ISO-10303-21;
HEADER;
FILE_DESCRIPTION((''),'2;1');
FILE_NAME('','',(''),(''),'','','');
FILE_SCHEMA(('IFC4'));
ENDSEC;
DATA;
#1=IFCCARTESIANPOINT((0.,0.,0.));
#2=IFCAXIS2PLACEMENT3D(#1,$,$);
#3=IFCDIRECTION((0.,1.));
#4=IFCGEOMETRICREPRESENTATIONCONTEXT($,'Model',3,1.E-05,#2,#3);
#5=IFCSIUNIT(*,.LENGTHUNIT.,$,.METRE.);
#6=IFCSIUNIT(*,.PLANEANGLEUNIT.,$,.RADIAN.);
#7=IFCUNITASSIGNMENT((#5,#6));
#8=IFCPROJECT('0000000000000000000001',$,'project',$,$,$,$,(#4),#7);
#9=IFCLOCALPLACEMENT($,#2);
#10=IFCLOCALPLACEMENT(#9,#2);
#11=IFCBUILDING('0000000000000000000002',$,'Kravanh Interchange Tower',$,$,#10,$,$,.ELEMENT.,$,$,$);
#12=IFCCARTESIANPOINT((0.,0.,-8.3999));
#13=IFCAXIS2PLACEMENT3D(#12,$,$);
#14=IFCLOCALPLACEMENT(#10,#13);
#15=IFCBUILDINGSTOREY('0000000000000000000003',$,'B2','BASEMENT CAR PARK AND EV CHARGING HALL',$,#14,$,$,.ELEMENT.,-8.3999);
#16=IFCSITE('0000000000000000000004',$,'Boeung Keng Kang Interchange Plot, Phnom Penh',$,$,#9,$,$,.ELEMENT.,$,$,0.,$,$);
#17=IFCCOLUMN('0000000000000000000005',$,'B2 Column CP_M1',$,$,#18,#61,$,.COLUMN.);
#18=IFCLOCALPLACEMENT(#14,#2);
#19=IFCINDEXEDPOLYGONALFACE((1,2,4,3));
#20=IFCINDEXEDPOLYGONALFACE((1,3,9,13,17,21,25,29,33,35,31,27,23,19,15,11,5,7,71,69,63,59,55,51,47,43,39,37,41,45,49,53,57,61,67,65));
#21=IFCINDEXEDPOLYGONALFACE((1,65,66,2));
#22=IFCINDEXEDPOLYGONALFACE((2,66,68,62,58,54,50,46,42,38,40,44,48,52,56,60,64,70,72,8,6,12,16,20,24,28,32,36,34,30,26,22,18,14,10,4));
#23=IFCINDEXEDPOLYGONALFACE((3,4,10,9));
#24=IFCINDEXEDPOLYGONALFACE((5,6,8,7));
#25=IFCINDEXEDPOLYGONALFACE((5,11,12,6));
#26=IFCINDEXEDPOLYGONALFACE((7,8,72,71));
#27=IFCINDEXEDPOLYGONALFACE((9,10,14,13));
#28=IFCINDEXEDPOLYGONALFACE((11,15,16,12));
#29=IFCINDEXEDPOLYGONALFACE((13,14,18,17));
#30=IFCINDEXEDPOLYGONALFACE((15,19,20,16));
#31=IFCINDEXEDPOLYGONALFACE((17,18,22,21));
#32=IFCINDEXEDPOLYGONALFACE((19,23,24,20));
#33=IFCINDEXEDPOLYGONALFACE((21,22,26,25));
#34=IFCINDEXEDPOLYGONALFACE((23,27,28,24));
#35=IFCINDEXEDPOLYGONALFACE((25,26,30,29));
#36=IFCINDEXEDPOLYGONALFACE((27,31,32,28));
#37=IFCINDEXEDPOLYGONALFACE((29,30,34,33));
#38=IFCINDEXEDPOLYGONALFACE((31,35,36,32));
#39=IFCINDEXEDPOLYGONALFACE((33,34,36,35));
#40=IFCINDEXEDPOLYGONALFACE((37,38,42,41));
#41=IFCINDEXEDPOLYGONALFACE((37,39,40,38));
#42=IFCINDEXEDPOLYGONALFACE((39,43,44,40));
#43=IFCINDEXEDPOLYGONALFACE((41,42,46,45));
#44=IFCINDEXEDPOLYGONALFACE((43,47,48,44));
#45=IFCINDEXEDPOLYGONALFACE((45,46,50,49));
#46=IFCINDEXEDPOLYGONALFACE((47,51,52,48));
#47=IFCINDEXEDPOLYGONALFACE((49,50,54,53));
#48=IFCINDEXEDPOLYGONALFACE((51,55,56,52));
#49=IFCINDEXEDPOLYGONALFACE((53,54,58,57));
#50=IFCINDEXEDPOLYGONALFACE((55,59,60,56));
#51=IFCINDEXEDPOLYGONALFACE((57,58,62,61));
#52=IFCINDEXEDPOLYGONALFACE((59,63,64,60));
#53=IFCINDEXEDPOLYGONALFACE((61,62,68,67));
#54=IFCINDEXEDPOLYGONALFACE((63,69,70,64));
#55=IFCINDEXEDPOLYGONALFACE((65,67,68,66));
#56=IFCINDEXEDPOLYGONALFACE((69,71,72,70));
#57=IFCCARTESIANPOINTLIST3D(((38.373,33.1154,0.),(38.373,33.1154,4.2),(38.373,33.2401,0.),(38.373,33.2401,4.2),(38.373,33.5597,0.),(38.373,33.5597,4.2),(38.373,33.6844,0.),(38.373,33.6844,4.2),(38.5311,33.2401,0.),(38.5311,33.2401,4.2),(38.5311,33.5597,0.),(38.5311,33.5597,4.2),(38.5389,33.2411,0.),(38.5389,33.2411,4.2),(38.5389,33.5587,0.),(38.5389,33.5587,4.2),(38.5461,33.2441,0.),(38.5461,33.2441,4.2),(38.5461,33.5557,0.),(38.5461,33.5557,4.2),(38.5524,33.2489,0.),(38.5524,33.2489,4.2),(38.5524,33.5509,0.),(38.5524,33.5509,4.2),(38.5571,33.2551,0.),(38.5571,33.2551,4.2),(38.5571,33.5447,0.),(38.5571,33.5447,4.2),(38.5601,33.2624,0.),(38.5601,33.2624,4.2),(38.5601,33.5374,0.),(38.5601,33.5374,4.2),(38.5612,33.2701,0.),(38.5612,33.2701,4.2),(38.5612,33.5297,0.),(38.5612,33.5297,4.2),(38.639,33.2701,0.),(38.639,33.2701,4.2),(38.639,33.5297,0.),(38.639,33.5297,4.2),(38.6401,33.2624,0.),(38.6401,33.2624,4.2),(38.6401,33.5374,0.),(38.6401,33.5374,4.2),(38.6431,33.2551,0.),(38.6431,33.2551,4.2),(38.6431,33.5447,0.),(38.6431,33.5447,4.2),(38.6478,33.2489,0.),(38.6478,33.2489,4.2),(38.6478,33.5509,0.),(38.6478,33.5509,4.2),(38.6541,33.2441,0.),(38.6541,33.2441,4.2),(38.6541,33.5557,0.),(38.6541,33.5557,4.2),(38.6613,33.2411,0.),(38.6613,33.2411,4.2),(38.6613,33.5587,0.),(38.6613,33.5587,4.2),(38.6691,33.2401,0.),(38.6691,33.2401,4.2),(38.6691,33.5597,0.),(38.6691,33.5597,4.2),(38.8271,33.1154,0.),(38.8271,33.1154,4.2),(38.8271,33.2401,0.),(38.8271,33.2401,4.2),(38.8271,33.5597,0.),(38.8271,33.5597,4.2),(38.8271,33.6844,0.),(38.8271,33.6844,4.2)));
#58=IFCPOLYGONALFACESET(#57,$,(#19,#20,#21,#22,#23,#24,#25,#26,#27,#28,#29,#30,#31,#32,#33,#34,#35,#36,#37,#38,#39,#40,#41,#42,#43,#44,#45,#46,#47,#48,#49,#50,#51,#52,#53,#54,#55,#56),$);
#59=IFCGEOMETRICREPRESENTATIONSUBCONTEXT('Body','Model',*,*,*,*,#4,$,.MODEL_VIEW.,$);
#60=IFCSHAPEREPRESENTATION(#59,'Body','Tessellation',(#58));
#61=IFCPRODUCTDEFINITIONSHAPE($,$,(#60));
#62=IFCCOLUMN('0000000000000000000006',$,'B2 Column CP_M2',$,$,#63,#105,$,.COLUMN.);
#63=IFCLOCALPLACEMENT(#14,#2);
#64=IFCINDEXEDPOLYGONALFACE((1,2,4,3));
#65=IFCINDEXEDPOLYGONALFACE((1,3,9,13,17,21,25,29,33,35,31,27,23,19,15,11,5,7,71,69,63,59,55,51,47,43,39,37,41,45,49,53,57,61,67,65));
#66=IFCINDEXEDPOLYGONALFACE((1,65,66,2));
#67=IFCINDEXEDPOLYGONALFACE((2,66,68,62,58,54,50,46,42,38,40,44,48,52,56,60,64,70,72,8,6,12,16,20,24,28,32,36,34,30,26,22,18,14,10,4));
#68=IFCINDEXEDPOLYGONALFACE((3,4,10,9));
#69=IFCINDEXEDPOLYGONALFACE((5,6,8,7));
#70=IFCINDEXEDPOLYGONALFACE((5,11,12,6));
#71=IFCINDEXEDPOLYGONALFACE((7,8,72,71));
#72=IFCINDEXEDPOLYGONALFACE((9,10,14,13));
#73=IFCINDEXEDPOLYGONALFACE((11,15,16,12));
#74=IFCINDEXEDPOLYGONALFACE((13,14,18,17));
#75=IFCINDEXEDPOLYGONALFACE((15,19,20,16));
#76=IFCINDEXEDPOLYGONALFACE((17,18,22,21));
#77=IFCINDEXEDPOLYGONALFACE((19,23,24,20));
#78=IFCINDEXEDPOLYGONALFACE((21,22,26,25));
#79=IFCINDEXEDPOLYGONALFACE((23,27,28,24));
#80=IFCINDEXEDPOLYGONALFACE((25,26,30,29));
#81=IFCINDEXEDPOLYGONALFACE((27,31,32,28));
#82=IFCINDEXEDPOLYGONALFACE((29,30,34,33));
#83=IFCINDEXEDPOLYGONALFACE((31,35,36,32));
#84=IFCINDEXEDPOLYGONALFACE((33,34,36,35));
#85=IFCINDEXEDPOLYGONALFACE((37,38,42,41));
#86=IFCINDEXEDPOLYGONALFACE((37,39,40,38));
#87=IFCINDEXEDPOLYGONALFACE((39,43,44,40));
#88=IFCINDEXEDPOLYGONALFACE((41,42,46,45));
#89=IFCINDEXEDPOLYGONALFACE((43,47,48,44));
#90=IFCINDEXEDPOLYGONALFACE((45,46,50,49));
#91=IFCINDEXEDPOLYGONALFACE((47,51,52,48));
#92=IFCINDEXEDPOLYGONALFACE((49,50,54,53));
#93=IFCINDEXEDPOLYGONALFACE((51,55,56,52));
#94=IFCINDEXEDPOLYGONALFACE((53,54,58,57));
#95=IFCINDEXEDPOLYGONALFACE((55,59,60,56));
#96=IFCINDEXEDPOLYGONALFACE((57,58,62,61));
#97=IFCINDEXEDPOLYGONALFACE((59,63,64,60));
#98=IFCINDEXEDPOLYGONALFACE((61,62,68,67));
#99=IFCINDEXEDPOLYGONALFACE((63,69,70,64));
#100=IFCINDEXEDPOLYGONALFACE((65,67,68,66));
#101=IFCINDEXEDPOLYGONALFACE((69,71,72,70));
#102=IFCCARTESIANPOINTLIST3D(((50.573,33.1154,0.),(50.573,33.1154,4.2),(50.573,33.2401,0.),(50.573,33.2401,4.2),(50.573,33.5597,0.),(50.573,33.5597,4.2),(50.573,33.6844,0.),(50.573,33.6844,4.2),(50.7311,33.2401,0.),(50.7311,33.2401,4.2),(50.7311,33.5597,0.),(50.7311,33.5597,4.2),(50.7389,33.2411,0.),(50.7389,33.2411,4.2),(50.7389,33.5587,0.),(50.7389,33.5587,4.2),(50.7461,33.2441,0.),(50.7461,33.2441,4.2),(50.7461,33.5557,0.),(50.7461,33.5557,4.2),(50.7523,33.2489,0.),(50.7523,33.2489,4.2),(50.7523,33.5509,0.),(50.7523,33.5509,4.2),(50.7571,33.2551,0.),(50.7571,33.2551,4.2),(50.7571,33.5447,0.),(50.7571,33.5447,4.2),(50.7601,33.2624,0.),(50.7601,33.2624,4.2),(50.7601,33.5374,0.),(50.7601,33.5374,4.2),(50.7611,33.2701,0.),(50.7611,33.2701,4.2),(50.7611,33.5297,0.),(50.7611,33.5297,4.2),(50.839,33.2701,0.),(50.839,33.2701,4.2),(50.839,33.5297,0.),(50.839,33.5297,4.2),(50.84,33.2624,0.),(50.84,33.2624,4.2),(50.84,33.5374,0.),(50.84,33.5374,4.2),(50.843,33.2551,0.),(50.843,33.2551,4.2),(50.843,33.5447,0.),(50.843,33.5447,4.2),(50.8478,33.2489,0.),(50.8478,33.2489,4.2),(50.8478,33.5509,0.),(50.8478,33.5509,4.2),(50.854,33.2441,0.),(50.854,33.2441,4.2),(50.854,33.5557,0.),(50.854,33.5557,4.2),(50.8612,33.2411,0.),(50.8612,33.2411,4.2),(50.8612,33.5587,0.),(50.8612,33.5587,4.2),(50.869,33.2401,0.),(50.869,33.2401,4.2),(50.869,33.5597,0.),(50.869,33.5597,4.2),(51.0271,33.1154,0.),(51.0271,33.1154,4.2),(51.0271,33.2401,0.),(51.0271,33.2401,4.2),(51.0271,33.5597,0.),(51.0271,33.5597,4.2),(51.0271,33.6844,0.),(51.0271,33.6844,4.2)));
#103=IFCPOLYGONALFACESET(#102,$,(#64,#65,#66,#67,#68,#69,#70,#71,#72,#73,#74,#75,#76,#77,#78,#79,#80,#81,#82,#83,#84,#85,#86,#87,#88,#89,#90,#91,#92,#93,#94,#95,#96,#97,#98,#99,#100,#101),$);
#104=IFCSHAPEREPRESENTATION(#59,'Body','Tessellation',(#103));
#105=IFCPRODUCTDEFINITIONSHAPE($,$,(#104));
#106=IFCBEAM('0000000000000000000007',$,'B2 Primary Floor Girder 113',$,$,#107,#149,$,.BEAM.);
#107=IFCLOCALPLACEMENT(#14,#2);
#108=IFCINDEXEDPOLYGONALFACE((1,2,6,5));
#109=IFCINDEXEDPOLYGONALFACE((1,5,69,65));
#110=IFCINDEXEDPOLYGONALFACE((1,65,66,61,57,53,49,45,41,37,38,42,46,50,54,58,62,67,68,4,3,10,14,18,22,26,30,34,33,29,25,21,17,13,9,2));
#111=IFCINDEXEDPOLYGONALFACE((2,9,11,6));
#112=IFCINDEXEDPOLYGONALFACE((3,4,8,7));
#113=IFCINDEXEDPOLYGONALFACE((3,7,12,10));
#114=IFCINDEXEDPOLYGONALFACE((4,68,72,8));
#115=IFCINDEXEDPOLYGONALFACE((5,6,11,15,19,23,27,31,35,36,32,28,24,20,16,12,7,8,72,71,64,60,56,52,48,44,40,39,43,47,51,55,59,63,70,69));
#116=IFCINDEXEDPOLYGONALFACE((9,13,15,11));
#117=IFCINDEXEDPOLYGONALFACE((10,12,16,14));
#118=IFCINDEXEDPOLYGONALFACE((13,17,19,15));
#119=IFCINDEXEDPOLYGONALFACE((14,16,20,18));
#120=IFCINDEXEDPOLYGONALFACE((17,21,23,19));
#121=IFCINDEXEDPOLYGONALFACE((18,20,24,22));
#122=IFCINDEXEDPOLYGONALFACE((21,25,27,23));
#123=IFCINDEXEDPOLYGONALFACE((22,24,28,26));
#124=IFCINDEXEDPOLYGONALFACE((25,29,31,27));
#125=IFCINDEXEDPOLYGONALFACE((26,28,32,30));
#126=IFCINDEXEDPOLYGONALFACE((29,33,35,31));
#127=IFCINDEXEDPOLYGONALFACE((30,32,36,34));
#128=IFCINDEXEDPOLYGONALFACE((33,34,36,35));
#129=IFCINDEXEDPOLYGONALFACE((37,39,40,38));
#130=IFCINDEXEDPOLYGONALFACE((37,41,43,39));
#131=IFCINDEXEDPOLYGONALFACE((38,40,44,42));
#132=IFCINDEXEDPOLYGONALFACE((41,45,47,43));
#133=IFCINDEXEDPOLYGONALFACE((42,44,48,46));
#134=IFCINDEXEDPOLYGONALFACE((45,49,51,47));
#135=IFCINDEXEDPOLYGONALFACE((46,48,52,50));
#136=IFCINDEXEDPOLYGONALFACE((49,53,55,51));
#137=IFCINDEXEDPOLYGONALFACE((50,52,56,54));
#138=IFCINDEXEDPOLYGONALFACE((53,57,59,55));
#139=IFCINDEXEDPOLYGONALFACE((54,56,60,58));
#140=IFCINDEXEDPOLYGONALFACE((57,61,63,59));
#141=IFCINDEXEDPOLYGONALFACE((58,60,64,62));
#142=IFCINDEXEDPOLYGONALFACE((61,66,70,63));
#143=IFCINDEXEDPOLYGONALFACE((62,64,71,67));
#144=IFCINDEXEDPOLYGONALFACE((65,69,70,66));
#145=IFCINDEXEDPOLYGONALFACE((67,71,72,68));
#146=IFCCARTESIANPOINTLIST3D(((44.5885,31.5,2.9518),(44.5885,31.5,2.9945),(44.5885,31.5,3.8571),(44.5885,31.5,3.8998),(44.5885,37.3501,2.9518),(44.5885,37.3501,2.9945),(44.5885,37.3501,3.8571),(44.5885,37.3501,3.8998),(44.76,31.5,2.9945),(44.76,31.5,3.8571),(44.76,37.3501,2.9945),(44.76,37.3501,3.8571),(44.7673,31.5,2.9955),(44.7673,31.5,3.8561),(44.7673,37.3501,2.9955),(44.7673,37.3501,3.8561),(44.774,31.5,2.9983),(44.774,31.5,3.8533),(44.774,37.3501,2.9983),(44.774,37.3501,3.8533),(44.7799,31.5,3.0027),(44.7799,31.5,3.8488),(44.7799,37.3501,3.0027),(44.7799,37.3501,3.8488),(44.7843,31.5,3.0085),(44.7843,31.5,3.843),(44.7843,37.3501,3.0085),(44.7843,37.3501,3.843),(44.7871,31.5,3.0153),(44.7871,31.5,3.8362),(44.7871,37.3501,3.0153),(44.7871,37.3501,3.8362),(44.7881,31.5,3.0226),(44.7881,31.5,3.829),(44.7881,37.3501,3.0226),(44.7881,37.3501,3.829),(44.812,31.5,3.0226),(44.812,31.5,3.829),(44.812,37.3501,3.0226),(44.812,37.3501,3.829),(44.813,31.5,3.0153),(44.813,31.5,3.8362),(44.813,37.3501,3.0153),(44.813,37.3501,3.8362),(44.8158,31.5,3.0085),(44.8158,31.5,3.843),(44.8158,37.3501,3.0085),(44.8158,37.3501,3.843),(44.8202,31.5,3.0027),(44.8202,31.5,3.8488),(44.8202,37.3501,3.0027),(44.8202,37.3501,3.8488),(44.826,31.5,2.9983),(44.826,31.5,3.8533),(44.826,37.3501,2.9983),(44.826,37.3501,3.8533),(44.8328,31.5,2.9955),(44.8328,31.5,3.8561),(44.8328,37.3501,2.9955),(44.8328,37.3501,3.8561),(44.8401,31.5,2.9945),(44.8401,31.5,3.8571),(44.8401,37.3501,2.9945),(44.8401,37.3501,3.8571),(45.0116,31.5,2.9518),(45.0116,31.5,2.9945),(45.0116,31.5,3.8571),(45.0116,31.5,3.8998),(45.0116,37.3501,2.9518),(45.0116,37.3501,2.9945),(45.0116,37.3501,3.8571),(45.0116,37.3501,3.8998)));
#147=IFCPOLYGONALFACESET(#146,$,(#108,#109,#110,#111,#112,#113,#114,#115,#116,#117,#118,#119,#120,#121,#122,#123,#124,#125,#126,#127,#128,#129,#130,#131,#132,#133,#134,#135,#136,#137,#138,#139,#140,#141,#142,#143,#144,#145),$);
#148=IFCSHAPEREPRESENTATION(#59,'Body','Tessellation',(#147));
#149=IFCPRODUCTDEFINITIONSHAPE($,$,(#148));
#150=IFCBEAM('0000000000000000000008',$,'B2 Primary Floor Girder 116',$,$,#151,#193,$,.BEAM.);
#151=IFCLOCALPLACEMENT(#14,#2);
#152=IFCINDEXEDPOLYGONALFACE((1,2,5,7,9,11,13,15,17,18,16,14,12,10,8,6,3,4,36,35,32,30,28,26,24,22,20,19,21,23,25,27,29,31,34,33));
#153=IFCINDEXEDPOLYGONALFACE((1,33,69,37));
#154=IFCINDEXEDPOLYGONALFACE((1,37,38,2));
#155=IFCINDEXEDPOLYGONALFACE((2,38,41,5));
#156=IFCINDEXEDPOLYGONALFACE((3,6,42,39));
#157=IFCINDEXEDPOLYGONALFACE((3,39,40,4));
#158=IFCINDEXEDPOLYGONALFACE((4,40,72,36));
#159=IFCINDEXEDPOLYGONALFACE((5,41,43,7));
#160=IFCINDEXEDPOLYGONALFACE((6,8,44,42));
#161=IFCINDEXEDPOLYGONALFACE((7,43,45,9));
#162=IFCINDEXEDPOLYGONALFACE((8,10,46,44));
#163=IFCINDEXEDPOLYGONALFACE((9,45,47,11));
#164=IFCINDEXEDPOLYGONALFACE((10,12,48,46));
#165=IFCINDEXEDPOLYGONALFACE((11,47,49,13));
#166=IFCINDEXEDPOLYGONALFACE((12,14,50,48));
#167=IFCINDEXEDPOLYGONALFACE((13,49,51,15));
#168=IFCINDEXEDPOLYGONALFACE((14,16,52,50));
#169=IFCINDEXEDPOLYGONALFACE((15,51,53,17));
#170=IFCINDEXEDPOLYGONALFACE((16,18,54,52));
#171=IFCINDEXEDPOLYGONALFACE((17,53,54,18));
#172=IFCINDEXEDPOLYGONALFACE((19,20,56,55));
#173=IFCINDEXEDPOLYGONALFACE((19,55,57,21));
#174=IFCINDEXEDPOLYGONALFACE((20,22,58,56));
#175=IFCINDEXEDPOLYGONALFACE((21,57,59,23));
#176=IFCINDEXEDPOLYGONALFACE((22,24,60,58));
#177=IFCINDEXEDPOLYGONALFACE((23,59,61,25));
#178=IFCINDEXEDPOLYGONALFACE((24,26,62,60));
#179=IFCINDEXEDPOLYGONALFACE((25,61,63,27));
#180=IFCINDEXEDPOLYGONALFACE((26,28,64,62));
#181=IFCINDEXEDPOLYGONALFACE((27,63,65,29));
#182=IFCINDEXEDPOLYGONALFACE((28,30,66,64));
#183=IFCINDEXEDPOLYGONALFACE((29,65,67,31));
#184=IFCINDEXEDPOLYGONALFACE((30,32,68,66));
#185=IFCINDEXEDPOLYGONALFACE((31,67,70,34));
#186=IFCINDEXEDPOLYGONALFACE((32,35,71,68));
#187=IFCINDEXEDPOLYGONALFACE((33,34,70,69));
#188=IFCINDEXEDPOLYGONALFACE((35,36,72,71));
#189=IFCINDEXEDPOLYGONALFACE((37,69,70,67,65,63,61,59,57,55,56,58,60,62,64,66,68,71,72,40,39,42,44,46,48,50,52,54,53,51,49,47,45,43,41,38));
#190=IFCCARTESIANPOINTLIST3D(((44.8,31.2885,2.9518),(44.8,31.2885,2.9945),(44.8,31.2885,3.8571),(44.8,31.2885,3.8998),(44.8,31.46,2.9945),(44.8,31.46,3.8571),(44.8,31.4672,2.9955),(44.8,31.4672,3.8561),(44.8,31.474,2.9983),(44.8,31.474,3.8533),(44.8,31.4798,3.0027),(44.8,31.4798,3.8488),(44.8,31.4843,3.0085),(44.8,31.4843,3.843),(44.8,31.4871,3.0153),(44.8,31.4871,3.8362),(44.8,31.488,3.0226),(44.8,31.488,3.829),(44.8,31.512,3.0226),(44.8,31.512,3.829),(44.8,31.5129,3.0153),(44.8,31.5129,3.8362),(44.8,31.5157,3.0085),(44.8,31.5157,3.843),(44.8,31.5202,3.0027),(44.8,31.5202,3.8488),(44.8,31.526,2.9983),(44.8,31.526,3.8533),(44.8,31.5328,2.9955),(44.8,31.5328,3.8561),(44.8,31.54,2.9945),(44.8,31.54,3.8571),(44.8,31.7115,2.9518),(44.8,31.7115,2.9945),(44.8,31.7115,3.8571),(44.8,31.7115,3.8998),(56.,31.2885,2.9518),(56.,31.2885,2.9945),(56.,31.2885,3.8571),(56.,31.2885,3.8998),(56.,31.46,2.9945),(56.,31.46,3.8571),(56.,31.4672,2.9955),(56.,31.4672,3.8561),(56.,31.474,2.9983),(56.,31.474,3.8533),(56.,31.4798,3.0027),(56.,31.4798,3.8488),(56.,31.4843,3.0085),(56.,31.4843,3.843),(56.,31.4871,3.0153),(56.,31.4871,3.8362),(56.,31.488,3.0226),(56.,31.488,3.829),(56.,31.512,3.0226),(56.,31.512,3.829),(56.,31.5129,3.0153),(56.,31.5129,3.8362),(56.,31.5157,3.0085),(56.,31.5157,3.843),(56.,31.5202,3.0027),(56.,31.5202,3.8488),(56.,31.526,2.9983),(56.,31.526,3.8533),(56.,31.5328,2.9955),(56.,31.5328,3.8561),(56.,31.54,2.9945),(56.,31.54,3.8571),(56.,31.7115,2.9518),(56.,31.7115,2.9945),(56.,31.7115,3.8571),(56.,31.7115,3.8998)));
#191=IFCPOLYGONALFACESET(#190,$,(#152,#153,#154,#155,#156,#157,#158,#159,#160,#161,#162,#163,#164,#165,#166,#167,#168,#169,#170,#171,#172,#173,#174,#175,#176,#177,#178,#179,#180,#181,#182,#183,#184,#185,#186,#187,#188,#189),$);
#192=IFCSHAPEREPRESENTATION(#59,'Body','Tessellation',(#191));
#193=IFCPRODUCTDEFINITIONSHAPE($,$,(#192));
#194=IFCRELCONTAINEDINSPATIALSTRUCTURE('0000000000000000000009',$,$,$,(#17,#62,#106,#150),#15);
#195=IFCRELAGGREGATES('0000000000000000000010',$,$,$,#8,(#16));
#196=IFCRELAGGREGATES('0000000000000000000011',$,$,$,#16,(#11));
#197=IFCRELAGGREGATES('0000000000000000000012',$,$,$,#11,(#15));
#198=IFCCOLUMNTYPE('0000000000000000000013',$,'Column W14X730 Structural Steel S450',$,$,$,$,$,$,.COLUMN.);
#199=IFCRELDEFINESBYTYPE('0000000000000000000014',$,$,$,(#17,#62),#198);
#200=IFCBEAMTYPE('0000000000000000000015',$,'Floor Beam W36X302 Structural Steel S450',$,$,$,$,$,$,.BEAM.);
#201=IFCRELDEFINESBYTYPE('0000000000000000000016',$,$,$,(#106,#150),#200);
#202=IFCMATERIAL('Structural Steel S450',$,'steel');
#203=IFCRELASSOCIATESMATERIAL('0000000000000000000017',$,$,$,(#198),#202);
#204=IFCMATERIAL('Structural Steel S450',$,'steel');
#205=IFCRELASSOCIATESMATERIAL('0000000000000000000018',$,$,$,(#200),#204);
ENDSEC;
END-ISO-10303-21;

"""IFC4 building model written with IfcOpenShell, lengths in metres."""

from ifc_helpers import new_model, si_unit, direction, frame, origin, origin_2d, place, context, subcontext, project, spatial, i_section, extrude, material, material_profile, profile_set, type_object, element, save


model = new_model("IFC4")

# Units and contexts
model_context = context("Model", 3, precision=1e-05, world=origin(), true_north=direction((0.0, 1.0)))
body_context = subcontext(model_context, "Body", "Model", "MODEL_VIEW")
ifc_project = project(units=[si_unit("LENGTHUNIT", "METRE"), si_unit("PLANEANGLEUNIT", "RADIAN")], contexts=[model_context])

# Site, building, storey
site_placement = place(None, origin())
site = spatial("IfcSite", under=ifc_project, at=site_placement, Name="Boeung Keng Kang Interchange Plot, Phnom Penh", CompositionType="ELEMENT", RefElevation=0.0)
building_placement = place(site_placement, origin())
building = spatial("IfcBuilding", under=site, at=building_placement, Name="Kravanh Interchange Tower", CompositionType="ELEMENT")
storey_placement = place(building_placement, frame((0.0, 0.0, -8.3999)))
storey = spatial("IfcBuildingStorey", under=building, at=storey_placement, Name="B2", Description="BASEMENT CAR PARK AND EV CHARGING HALL", CompositionType="ELEMENT", Elevation=-8.3999)

# Columns
ifc_material_1 = material(Name="Structural Steel S450", Category="steel")
ifc_material_profile_1 = material_profile(ifc_material_1, i_section(OverallWidth=0.4541, OverallDepth=0.5691, WebThickness=0.0779, FlangeThickness=0.1248, FilletRadius=0.03, at=origin_2d()), Name="W14X730")
ifc_profile_set_1 = profile_set([ifc_material_profile_1], Name="Structural Steel S450")
column_type_1 = type_object("IfcColumnType", Name="Column W14X730 Structural Steel S450", PredefinedType="COLUMN", material=ifc_profile_set_1)
for number, where, z_axis, x_axis, name in (
    (1, (38.6001, 33.3999, 0.0), (0.0, 0.0, 1.0), (1.0, 0.0, 0.0), "B2 Column CP_M1"),
    (2, (50.8, 33.3999, 0.0), (0.0, 0.0, 1.0), (1.0, 0.0, 0.0), "B2 Column CP_M2"),
):
    element("IfcColumn", number, at=place(storey_placement, frame(where, z_axis=z_axis, x_axis=x_axis)), inside=storey, type_object=column_type_1, Name=name, PredefinedType="COLUMN", context=body_context, shape_type="SweptSolid", body=[
        extrude(i_section(OverallWidth=0.4541, OverallDepth=0.5691, WebThickness=0.0779, FlangeThickness=0.1248, FilletRadius=0.03, at=origin_2d()), origin(), (0.0, 0.0, 1.0), 4.2),
    ])

# Beams
ifc_material_2 = material(Name="Structural Steel S450", Category="steel")
ifc_material_profile_2 = material_profile(ifc_material_2, i_section(OverallWidth=0.4231, OverallDepth=0.948, WebThickness=0.0239, FlangeThickness=0.0427, FilletRadius=0.0281, at=origin_2d()), Name="W36X302")
ifc_profile_set_2 = profile_set([ifc_material_profile_2], Name="Structural Steel S450")
beam_type_1 = type_object("IfcBeamType", Name="Floor Beam W36X302 Structural Steel S450", PredefinedType="BEAM", material=ifc_profile_set_2)
beam_1_placement = place(storey_placement, frame((44.8, 31.5, 3.4258), z_axis=(0.0, 1.0, 0.0), x_axis=(-1.0, 0.0, 0.0)))
element("IfcBeam", 3, at=beam_1_placement, inside=storey, type_object=beam_type_1, Name="B2 Primary Floor Girder 113", PredefinedType="BEAM", context=body_context, shape_type="SweptSolid", body=[
    extrude(i_section(OverallWidth=0.4231, OverallDepth=0.948, WebThickness=0.0239, FlangeThickness=0.0427, FilletRadius=0.0281, at=origin_2d()), origin(), (0.0, 0.0, 1.0), 5.8501),
])
beam_2_placement = place(storey_placement, frame((44.8, 31.5, 3.4258), z_axis=(1.0, 0.0, 0.0), x_axis=(0.0, 1.0, 0.0)))
element("IfcBeam", 4, at=beam_2_placement, inside=storey, type_object=beam_type_1, Name="B2 Primary Floor Girder 116", PredefinedType="BEAM", context=body_context, shape_type="SweptSolid", body=[
    extrude(i_section(OverallWidth=0.4231, OverallDepth=0.948, WebThickness=0.0239, FlangeThickness=0.0427, FilletRadius=0.0281, at=origin_2d()), origin(), (0.0, 0.0, 1.0), 11.2),
])

save(model, "model.ifc")
